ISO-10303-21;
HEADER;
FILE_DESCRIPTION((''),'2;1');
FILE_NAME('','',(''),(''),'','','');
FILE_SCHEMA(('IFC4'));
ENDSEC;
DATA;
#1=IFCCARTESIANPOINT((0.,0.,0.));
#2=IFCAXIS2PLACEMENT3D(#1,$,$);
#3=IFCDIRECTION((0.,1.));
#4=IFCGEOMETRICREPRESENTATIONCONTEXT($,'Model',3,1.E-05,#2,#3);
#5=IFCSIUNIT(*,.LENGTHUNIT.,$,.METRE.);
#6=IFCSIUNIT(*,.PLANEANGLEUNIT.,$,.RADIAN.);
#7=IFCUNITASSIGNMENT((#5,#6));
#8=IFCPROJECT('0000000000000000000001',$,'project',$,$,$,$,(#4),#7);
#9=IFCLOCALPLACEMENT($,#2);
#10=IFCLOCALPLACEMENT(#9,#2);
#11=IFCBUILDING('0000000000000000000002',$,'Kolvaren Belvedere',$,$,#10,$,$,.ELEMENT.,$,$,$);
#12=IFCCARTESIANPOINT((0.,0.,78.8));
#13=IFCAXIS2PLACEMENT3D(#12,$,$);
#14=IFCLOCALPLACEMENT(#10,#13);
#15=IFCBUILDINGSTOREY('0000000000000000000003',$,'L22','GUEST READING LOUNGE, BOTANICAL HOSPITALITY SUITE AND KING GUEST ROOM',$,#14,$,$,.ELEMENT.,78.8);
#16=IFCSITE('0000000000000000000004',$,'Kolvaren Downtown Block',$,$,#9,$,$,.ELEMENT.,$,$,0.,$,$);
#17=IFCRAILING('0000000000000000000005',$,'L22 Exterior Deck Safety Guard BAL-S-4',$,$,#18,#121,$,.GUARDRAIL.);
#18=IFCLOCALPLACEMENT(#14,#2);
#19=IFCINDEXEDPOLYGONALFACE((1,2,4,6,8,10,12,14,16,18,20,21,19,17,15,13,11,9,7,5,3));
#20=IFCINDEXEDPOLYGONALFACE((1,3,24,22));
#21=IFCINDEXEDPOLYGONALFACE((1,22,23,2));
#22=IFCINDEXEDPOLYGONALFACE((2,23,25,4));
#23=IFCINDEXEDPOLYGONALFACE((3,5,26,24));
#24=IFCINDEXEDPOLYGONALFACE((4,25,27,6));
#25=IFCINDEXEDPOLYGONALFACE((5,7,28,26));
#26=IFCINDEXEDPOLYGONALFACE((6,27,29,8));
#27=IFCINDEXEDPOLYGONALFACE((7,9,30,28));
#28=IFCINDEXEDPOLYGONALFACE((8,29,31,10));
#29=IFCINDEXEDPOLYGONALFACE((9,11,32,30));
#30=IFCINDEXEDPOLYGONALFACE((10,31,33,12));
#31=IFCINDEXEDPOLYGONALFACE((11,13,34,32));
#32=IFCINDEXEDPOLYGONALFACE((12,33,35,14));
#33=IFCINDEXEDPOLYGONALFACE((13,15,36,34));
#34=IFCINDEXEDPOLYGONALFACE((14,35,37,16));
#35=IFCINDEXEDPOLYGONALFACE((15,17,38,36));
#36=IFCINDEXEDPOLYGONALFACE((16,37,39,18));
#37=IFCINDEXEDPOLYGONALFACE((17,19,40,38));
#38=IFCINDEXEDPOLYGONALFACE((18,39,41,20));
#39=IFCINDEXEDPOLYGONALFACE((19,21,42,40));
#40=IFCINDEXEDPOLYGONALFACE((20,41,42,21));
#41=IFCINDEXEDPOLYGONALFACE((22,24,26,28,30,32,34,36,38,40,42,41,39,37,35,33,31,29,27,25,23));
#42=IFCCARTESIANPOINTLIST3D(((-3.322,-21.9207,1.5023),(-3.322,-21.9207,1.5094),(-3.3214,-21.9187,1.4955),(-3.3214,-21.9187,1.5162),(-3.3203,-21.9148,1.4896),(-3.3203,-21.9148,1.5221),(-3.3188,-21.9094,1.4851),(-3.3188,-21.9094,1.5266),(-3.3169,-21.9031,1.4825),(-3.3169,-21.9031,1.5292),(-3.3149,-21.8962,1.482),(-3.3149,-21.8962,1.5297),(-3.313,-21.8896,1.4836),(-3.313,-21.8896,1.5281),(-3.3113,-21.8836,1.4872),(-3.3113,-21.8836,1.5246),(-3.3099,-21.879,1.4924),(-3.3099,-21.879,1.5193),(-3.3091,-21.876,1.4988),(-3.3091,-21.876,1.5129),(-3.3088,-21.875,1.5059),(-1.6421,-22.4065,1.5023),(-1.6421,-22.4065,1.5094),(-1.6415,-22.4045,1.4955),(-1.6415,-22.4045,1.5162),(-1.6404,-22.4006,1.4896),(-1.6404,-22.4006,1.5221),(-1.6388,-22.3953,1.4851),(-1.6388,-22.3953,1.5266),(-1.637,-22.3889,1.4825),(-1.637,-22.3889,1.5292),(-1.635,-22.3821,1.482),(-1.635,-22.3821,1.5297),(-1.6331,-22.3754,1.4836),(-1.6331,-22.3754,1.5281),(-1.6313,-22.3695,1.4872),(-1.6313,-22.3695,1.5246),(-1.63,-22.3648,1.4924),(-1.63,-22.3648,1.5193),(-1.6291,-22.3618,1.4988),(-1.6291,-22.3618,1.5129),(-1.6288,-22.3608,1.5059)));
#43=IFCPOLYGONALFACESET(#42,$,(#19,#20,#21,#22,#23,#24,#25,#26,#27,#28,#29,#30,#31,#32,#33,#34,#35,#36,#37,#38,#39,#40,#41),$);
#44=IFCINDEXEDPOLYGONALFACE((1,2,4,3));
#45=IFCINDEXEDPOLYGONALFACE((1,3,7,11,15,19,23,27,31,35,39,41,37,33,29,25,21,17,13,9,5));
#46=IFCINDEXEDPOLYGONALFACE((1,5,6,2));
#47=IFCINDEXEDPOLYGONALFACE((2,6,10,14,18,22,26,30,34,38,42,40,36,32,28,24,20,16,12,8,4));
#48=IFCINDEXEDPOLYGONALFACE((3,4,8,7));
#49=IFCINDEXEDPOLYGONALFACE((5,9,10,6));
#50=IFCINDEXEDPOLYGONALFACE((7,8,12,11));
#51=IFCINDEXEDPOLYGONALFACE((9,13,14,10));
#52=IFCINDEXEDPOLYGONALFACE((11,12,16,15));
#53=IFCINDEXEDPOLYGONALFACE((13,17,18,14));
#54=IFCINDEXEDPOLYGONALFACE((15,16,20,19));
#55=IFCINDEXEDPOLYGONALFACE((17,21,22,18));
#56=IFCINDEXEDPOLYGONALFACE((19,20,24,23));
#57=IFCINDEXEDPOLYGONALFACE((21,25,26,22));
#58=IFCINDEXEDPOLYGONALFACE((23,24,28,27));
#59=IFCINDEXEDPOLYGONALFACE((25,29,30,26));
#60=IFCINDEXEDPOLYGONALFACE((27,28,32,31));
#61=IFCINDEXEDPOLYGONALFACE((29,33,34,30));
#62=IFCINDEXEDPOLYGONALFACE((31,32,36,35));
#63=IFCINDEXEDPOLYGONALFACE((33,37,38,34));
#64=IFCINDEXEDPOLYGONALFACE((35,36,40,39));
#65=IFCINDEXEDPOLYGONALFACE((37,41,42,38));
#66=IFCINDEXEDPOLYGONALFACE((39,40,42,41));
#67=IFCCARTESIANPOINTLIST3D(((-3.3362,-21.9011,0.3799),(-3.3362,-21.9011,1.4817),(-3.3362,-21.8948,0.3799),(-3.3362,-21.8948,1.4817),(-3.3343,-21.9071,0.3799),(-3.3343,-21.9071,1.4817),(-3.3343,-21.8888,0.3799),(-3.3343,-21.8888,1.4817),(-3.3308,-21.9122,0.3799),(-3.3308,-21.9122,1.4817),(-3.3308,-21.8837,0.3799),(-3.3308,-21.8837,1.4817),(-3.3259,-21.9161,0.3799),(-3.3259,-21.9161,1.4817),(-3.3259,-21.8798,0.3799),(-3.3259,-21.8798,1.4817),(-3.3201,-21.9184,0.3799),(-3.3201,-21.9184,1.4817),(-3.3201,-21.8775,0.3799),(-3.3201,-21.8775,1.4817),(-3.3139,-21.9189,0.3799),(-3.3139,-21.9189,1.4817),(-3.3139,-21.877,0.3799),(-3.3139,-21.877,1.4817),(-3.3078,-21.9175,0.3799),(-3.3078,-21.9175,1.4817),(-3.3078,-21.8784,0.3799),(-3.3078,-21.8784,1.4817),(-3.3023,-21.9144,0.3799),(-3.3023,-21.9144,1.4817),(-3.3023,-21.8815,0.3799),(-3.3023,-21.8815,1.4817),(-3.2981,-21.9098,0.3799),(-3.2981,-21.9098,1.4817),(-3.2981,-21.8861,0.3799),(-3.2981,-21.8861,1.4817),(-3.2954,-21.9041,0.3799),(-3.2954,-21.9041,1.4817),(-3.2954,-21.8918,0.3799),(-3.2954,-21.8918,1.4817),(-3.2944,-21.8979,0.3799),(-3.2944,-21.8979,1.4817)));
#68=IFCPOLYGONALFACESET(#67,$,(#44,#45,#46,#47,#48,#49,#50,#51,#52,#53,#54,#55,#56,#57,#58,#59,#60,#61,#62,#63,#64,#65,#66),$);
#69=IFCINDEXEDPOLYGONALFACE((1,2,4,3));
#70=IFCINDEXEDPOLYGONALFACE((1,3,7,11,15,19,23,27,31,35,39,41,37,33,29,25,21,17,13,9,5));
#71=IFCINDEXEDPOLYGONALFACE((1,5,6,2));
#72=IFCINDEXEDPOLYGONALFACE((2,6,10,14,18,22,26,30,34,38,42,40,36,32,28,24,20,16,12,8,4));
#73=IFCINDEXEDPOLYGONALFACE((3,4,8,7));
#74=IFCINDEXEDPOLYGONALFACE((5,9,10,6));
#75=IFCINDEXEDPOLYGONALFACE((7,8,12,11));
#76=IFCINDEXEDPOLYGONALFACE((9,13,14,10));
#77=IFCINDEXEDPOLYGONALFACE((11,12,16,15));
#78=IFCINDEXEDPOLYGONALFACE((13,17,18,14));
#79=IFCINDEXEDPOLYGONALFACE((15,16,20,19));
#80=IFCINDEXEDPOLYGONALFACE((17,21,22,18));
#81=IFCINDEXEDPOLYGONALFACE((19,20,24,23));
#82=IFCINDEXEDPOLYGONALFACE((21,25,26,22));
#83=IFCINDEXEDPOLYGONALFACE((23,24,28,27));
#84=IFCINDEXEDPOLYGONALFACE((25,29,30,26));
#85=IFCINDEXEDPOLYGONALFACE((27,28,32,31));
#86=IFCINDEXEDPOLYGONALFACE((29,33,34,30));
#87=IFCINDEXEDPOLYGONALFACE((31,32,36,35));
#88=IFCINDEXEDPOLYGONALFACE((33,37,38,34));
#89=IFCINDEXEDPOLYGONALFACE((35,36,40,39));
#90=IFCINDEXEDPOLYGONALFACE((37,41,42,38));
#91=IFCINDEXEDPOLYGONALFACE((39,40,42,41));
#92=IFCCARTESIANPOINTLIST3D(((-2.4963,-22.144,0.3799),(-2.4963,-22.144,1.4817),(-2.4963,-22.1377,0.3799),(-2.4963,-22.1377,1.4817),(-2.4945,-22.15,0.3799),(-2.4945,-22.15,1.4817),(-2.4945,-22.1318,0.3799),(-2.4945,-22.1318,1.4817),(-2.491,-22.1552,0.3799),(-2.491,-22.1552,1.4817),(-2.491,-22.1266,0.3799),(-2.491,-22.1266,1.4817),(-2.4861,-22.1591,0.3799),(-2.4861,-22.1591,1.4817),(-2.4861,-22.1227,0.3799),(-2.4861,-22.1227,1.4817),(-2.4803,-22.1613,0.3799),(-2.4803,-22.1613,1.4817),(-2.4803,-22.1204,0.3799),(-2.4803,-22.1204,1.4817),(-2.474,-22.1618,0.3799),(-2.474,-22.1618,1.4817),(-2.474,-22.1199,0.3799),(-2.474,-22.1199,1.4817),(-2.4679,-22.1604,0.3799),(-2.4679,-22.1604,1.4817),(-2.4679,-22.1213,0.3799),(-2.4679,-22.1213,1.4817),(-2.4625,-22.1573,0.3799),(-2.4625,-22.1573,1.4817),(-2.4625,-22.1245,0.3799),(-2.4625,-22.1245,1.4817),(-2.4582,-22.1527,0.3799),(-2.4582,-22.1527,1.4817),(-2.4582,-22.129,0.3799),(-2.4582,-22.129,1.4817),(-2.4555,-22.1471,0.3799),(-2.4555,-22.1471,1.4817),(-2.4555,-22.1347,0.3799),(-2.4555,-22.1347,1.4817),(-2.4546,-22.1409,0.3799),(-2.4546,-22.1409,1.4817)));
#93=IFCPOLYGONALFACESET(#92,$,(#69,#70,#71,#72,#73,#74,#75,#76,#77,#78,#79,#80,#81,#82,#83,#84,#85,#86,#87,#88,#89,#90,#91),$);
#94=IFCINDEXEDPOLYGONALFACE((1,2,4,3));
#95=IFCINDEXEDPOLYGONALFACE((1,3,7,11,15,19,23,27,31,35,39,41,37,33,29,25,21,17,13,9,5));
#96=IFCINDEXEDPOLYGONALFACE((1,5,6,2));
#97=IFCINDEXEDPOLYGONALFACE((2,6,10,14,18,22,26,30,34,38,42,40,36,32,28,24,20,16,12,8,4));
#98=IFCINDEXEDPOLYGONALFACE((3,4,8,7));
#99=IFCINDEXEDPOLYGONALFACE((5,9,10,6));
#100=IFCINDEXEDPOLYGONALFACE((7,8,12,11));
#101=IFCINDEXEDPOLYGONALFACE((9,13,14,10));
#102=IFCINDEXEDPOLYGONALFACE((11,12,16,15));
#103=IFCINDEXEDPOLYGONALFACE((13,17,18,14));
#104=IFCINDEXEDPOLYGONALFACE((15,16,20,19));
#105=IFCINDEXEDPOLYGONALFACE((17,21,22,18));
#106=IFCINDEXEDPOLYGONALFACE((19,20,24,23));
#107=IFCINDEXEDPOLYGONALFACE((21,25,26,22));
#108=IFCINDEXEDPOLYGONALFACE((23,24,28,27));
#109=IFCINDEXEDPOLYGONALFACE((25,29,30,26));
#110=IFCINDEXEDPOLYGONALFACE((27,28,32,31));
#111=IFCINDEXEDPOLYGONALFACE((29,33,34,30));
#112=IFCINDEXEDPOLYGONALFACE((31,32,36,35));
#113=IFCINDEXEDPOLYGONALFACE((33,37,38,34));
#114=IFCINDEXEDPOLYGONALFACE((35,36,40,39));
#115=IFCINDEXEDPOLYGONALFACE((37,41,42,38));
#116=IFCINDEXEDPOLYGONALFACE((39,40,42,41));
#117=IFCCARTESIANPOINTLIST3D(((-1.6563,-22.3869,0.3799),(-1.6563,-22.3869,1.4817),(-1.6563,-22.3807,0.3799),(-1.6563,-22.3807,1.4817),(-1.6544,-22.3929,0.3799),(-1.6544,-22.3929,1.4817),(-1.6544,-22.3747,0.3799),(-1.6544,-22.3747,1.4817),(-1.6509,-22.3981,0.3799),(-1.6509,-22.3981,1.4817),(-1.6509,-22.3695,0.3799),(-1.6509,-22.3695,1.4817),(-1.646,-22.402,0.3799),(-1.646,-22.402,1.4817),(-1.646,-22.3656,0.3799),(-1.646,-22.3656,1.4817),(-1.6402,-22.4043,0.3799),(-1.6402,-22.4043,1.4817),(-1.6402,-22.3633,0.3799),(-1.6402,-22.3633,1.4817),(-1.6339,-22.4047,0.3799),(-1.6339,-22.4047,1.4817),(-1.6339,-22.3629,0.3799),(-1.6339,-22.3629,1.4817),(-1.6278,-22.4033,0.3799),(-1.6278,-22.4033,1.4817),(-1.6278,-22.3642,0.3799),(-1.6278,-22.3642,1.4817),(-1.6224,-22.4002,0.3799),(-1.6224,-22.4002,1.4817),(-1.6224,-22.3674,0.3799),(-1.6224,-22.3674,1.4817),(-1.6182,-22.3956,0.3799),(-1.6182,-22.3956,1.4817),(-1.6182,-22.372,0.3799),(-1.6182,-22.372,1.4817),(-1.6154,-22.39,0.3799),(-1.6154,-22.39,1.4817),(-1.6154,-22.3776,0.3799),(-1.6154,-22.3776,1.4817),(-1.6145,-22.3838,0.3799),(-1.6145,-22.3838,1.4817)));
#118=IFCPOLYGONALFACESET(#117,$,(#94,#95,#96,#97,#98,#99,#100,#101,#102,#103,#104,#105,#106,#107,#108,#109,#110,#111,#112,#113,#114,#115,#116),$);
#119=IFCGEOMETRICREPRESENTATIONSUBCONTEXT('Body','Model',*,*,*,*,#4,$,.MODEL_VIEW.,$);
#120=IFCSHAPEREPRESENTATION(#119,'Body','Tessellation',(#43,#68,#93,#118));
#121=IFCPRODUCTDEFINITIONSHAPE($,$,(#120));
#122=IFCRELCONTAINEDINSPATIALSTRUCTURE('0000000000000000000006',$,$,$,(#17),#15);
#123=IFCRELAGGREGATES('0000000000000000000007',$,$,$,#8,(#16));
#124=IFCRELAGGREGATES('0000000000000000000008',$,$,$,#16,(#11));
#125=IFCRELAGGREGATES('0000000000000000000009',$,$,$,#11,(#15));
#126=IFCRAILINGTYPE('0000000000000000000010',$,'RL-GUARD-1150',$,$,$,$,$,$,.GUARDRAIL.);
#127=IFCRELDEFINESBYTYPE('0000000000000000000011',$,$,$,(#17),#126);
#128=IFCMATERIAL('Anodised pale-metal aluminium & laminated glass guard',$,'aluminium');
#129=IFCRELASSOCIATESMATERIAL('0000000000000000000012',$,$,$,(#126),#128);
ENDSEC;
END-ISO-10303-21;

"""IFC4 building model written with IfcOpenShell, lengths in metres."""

from ifc_helpers import new_model, si_unit, direction, frame, origin, origin_2d, place, context, subcontext, project, spatial, circle, extrude, material, type_object, element, save


model = new_model("IFC4")

# Units and contexts
model_context = context("Model", 3, precision=1e-05, world=origin(), true_north=direction((0.0, 1.0)))
body_context = subcontext(model_context, "Body", "Model", "MODEL_VIEW")
ifc_project = project(units=[si_unit("LENGTHUNIT", "METRE"), si_unit("PLANEANGLEUNIT", "RADIAN")], contexts=[model_context])

# Site, building, storey
site_placement = place(None, origin())
site = spatial("IfcSite", under=ifc_project, at=site_placement, Name="Kolvaren Downtown Block", CompositionType="ELEMENT", RefElevation=0.0)
building_placement = place(site_placement, origin())
building = spatial("IfcBuilding", under=site, at=building_placement, Name="Kolvaren Belvedere", CompositionType="ELEMENT")
storey_placement = place(building_placement, frame((0.0, 0.0, 78.8)))
storey = spatial("IfcBuildingStorey", under=building, at=storey_placement, Name="L22", Description="GUEST READING LOUNGE, BOTANICAL HOSPITALITY SUITE AND KING GUEST ROOM", CompositionType="ELEMENT", Elevation=78.8)

# Railing
ifc_material_1 = material(Name="Anodised pale-metal aluminium & laminated glass guard", Category="aluminium")
railing_type = type_object("IfcRailingType", Name="RL-GUARD-1150", PredefinedType="GUARDRAIL", material=ifc_material_1)
railing_1_placement = place(storey_placement, frame((-3.3154, -21.8979, 0.3799)))
element("IfcRailing", 1, at=railing_1_placement, inside=storey, type_object=railing_type, Name="L22 Exterior Deck Safety Guard BAL-S-4", PredefinedType="GUARDRAIL", context=body_context, shape_type="SweptSolid", body=[
    extrude(circle(Radius=0.0239, at=origin_2d()), frame((0.0, 0.0, 1.126), z_axis=(0.960634, -0.277817, 0.0), x_axis=(0.277817, 0.960634, 0.0)), (0.0, 0.0, 1.0), 1.7488),
    extrude(circle(Radius=0.021, at=origin_2d()), origin(), (0.0, 0.0, 1.0), 1.1018),
    extrude(circle(Radius=0.021, at=origin_2d()), frame((0.8398, -0.2429, 0.0)), (0.0, 0.0, 1.0), 1.1018),
    extrude(circle(Radius=0.021, at=origin_2d()), frame((1.6799, -0.4858, 0.0)), (0.0, 0.0, 1.0), 1.1018),
])

save(model, "model.ifc")
